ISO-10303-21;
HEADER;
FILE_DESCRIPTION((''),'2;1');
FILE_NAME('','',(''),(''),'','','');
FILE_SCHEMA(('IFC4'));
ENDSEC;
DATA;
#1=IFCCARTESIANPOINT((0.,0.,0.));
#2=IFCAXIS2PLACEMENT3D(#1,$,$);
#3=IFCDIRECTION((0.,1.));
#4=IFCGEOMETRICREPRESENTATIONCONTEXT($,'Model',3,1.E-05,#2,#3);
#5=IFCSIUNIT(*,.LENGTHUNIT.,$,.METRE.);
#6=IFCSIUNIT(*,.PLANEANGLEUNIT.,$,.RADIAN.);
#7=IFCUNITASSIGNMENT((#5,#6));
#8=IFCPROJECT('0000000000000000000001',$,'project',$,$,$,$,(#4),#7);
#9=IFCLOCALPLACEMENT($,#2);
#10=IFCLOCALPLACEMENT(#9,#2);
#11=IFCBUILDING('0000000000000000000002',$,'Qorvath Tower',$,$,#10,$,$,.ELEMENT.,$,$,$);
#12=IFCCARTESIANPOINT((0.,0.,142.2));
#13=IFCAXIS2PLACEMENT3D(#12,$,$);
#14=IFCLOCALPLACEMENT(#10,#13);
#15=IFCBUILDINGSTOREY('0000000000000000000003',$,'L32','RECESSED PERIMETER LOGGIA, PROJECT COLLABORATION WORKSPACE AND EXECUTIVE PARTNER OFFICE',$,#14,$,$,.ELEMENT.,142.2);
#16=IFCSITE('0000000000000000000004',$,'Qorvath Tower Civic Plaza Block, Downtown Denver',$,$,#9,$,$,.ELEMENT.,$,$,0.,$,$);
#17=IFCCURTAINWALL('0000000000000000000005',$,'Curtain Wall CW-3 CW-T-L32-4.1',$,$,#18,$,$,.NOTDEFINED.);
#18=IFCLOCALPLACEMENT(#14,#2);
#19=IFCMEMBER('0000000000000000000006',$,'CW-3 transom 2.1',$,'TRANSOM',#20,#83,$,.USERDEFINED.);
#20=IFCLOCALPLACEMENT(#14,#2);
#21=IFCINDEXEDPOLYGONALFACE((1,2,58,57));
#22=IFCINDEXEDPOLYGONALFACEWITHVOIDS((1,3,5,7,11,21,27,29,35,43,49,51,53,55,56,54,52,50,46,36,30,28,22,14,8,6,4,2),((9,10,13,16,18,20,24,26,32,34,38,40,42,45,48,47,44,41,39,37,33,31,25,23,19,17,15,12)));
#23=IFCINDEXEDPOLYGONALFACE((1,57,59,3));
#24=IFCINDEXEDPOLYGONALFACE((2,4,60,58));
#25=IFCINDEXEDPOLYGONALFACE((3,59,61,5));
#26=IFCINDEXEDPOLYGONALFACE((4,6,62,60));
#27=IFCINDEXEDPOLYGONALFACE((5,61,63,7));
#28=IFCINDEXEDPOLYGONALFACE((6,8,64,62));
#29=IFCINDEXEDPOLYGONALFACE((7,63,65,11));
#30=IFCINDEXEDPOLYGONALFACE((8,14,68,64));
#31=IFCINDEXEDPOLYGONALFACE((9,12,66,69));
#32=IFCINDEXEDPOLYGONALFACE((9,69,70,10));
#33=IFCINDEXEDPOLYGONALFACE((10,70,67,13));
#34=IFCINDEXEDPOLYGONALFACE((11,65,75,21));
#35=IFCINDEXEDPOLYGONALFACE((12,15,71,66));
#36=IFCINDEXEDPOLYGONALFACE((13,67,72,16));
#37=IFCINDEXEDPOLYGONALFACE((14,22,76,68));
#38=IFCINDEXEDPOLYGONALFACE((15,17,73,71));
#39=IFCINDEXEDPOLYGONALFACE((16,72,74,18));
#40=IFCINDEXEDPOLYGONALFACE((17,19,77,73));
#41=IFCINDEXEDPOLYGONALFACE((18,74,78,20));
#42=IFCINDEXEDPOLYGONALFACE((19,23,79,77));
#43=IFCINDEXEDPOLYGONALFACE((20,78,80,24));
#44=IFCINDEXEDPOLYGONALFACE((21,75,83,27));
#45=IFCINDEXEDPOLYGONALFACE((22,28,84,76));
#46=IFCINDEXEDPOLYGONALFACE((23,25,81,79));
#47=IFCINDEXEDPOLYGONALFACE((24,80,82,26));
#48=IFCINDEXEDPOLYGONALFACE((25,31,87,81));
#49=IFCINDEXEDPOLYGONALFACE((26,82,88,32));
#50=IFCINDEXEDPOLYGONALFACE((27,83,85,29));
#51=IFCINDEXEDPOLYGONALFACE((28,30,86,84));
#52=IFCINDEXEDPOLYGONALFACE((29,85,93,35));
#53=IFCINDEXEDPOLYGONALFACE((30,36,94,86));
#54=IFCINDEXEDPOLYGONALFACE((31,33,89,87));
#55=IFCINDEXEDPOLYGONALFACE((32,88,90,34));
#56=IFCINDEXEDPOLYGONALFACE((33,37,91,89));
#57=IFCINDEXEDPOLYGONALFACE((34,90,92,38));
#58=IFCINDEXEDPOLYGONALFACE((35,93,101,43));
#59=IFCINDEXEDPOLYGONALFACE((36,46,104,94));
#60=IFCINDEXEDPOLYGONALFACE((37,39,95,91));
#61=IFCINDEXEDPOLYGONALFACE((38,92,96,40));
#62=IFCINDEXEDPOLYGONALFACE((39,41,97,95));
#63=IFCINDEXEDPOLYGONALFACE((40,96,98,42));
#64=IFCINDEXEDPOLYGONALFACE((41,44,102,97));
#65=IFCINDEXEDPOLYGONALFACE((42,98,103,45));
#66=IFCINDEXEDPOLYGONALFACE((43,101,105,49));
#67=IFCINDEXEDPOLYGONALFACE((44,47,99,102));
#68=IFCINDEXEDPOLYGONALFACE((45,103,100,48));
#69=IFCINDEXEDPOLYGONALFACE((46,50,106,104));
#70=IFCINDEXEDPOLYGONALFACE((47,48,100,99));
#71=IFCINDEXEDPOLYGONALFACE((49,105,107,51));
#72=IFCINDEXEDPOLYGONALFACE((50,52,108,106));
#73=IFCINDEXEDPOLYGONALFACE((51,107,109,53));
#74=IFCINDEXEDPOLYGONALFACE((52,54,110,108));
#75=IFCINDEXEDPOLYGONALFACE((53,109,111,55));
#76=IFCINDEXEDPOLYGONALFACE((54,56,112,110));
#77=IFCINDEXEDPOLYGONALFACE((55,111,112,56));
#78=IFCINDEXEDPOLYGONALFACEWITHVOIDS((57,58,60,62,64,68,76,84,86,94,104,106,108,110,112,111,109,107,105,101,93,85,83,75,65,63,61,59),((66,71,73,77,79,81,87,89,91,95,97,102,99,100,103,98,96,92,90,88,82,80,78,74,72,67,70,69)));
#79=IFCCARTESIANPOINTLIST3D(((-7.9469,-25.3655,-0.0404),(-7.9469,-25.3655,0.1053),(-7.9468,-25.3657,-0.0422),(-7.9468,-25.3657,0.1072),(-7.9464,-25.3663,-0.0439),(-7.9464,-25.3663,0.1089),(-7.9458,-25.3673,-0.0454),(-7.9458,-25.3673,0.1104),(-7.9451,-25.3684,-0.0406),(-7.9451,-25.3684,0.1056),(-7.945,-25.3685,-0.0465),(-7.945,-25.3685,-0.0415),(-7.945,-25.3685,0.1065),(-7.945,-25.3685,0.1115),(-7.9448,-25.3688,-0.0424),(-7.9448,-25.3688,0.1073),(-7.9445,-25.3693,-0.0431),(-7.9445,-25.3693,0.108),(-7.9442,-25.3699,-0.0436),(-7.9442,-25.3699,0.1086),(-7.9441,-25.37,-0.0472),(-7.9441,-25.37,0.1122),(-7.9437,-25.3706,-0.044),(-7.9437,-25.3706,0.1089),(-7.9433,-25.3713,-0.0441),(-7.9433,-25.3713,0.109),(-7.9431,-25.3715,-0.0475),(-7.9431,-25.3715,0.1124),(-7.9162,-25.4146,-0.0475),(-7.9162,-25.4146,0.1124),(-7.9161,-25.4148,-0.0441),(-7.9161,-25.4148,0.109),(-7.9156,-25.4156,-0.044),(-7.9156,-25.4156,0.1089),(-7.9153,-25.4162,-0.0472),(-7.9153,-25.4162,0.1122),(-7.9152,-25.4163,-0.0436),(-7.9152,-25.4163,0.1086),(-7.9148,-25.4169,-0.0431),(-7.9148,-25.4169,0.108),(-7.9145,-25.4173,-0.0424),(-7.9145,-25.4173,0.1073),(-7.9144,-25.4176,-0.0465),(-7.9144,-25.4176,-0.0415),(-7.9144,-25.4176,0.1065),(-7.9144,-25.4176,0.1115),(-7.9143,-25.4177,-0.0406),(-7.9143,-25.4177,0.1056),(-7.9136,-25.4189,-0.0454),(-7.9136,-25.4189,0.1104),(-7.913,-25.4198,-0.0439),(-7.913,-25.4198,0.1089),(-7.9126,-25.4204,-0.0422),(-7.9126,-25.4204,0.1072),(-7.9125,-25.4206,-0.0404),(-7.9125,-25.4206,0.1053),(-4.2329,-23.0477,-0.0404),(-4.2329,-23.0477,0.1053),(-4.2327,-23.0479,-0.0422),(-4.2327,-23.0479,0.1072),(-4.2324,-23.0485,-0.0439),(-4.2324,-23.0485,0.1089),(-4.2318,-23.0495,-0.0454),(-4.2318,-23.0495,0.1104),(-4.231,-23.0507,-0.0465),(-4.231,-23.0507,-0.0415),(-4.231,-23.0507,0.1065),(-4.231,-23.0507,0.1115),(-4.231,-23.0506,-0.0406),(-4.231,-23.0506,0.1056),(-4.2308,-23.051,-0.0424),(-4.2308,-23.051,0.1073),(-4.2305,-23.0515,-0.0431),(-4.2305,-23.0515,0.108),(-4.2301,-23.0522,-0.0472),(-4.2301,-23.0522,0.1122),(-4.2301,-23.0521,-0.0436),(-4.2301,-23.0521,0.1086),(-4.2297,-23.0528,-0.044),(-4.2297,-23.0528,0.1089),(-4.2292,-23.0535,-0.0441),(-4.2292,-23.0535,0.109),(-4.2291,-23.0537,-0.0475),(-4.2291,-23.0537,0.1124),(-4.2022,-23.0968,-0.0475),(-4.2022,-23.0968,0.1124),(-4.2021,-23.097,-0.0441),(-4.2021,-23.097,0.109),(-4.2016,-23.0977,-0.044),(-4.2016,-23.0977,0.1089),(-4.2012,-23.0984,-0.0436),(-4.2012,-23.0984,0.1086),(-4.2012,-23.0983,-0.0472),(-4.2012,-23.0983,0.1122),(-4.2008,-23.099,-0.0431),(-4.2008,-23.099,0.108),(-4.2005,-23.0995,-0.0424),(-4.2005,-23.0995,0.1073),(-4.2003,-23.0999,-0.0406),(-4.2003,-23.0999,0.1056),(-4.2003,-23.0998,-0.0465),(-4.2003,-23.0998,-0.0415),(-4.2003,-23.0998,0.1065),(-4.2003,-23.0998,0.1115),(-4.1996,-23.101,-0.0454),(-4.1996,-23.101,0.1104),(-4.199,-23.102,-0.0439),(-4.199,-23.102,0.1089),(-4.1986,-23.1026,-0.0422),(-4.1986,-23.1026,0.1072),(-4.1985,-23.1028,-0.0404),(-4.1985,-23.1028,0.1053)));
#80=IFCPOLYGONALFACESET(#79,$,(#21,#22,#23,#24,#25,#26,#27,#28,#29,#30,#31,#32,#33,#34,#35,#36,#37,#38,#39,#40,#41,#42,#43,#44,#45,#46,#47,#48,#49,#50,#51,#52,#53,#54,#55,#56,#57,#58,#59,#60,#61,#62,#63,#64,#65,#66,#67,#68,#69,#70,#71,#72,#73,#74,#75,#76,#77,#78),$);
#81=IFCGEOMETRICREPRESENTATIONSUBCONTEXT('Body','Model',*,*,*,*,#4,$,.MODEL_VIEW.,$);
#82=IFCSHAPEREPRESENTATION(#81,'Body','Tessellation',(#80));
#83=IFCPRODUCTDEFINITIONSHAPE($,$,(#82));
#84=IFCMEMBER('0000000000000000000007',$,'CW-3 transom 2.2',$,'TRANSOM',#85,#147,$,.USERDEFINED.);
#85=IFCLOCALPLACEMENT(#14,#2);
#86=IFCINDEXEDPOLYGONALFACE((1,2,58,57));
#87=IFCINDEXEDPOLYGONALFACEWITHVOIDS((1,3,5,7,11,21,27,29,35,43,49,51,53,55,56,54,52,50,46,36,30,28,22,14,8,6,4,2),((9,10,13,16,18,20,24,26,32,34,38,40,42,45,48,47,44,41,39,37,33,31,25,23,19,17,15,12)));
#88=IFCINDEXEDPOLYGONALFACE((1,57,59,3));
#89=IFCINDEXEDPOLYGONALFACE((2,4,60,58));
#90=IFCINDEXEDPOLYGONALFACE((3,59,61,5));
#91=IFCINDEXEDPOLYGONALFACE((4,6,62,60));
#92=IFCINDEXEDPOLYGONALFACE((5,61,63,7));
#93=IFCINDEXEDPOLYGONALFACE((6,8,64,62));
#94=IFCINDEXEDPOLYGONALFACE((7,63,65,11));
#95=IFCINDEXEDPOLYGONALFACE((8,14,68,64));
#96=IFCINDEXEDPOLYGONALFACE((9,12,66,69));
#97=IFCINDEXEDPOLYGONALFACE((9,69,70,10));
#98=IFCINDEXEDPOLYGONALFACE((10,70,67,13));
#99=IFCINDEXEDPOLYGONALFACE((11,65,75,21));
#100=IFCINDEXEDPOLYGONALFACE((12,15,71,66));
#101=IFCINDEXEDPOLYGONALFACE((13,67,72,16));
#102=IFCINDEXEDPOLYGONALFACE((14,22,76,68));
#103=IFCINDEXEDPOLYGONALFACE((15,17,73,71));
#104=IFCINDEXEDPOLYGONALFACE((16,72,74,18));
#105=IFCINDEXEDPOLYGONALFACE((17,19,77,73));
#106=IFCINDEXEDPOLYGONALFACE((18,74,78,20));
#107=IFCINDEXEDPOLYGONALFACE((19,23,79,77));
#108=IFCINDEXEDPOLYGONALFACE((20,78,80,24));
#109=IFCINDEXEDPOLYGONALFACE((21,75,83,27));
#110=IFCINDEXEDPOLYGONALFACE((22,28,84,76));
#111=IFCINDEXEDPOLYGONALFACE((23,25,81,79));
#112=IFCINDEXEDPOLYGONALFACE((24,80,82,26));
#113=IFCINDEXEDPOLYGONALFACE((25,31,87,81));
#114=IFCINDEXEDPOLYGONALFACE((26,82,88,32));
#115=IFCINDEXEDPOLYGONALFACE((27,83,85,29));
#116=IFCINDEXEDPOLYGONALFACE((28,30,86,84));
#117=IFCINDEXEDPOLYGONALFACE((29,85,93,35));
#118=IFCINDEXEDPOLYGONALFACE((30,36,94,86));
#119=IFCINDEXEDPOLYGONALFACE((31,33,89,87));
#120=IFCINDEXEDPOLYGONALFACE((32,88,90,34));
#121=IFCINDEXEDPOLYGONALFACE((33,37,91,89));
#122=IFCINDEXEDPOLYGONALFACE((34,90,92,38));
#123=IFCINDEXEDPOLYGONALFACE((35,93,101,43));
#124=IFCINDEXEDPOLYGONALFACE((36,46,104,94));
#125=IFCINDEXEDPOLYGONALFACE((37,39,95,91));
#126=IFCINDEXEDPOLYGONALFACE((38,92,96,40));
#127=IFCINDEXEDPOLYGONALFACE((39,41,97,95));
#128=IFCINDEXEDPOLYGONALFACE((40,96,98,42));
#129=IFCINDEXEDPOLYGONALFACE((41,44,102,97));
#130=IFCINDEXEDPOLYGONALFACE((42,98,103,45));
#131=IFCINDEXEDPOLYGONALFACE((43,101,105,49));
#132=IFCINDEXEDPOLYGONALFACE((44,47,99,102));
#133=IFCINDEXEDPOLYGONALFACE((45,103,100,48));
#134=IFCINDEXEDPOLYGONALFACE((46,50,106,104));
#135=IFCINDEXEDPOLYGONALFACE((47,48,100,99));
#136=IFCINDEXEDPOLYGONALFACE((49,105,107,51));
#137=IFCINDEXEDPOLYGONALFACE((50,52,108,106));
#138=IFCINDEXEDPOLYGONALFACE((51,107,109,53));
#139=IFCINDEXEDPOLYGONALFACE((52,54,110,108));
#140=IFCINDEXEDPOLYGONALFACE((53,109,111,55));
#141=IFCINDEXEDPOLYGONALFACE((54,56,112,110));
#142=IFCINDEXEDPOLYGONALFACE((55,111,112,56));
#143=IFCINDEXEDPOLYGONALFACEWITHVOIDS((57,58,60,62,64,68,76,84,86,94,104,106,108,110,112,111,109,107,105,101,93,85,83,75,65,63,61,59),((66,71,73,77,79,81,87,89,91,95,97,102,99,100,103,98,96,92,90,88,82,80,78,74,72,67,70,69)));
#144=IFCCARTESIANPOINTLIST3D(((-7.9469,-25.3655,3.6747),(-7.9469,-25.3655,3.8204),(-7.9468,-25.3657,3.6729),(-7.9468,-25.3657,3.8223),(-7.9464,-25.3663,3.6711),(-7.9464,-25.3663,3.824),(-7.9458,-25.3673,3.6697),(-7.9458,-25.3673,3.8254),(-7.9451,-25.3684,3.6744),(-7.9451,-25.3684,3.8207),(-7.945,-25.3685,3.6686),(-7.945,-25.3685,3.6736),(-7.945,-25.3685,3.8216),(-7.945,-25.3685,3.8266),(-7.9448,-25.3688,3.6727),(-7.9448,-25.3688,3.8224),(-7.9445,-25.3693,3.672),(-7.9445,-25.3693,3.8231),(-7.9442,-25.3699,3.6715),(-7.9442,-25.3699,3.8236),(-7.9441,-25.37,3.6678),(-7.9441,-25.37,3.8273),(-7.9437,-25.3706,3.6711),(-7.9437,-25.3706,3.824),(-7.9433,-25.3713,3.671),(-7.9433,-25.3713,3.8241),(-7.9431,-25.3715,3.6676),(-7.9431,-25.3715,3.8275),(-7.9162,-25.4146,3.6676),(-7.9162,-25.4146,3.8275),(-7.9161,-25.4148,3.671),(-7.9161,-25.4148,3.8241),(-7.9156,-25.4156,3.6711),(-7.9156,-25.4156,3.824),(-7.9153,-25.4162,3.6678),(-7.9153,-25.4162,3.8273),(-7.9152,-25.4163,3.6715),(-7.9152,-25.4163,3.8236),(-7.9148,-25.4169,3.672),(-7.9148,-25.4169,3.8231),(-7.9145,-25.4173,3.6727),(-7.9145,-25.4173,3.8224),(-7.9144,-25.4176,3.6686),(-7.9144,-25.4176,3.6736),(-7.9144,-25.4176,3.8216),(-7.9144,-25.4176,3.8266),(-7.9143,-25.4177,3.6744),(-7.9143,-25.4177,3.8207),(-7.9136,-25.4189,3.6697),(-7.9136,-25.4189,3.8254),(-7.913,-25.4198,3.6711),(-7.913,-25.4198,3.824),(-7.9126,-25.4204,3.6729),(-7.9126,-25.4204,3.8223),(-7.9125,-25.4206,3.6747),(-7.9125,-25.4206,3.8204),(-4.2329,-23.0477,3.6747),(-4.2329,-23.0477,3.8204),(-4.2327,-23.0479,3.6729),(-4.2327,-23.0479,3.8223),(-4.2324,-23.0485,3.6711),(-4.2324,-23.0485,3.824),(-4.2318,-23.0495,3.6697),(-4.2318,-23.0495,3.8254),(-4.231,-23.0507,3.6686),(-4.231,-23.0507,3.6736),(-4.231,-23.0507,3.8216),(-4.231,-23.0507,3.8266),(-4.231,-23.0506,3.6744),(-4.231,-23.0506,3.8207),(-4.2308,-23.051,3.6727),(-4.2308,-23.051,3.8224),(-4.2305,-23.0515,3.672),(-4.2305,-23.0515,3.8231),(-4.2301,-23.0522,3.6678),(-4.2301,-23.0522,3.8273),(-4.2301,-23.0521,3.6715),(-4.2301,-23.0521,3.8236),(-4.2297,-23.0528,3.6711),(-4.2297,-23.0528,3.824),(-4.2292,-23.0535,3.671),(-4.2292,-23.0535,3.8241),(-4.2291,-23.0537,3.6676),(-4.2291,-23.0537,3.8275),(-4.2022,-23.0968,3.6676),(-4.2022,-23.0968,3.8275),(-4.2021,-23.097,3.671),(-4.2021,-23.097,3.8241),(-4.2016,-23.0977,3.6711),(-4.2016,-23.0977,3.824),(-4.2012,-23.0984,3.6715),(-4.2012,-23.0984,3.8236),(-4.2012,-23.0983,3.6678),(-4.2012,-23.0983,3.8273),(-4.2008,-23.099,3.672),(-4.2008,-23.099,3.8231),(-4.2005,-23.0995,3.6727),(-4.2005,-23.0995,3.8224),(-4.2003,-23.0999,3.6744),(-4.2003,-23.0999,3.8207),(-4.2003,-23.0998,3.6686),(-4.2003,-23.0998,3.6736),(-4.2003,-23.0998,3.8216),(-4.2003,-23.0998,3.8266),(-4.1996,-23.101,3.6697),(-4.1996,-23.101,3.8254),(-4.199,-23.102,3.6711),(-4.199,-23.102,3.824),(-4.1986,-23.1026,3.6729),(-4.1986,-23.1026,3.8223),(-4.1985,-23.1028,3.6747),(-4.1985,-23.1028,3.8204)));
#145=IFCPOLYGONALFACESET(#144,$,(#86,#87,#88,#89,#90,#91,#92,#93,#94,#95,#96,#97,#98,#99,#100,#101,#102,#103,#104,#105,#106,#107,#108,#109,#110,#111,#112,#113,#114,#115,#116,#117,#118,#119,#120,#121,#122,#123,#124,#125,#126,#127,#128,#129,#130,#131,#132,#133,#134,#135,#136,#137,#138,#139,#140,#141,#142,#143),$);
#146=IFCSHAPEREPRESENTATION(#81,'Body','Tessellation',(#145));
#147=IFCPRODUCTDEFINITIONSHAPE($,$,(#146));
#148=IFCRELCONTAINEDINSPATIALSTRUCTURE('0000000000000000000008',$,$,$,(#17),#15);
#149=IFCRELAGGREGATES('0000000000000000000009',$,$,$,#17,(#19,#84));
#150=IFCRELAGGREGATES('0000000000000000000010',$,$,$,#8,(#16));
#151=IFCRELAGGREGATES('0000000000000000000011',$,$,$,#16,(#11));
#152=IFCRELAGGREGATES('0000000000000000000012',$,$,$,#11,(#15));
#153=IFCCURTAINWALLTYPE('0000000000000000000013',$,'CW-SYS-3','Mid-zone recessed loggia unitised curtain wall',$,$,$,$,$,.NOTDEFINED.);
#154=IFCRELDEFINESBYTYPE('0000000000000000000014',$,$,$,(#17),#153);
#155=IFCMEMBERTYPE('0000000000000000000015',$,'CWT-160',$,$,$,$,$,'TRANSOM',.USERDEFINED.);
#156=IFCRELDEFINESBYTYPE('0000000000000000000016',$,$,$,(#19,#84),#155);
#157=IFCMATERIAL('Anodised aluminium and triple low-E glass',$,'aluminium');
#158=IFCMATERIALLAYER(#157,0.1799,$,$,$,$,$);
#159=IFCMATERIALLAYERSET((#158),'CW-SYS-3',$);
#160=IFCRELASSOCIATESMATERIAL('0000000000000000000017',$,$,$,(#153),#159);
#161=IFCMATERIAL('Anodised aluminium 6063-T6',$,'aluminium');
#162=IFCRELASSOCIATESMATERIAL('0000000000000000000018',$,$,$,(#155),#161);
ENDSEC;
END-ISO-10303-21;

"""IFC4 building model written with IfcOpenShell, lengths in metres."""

from ifc_helpers import new_model, si_unit, direction, frame, origin, origin_2d, place, context, subcontext, project, spatial, hollow_rectangle, extrude, material, layer, layer_set, material_profile, profile_set, type_object, element, aggregate, save


model = new_model("IFC4")

# Units and contexts
model_context = context("Model", 3, precision=1e-05, world=origin(), true_north=direction((0.0, 1.0)))
body_context = subcontext(model_context, "Body", "Model", "MODEL_VIEW")
ifc_project = project(units=[si_unit("LENGTHUNIT", "METRE"), si_unit("PLANEANGLEUNIT", "RADIAN")], contexts=[model_context])

# Site, building, storey
site_placement = place(None, origin())
site = spatial("IfcSite", under=ifc_project, at=site_placement, Name="Qorvath Tower Civic Plaza Block, Downtown Denver", CompositionType="ELEMENT", RefElevation=0.0)
building_placement = place(site_placement, origin())
building = spatial("IfcBuilding", under=site, at=building_placement, Name="Qorvath Tower", CompositionType="ELEMENT")
storey_placement = place(building_placement, frame((0.0, 0.0, 142.2)))
storey = spatial("IfcBuildingStorey", under=building, at=storey_placement, Name="L32", Description="RECESSED PERIMETER LOGGIA, PROJECT COLLABORATION WORKSPACE AND EXECUTIVE PARTNER OFFICE", CompositionType="ELEMENT", Elevation=142.2)

# Shared definitions
ifc_material_1 = material(Name="Anodised aluminium and triple low-E glass", Category="aluminium")
ifc_layer_1 = layer(ifc_material_1, 0.1799)
ifc_layer_set_1 = layer_set([ifc_layer_1], Name="CW-SYS-3")
curtain_wall_type = type_object("IfcCurtainWallType", Name="CW-SYS-3", Description="Mid-zone recessed loggia unitised curtain wall", PredefinedType="NOTDEFINED", material=ifc_layer_set_1)

# Curtain wall
curtain_wall_1_placement = place(storey_placement, origin())
curtain_wall_1 = element("IfcCurtainWall", 1, at=curtain_wall_1_placement, inside=storey, type_object=curtain_wall_type, Name="Curtain Wall CW-3 CW-T-L32-4.1", PredefinedType="NOTDEFINED")

# Members
ifc_material_2 = material(Name="Anodised aluminium 6063-T6", Category="aluminium")
ifc_material_profile_1 = material_profile(ifc_material_2, hollow_rectangle(XDim=0.0649, YDim=0.1599, WallThickness=0.0034, InnerFilletRadius=0.0034, OuterFilletRadius=0.0071, at=origin_2d()), Name="CWT 160x65")
ifc_profile_set_1 = profile_set([ifc_material_profile_1], Name="Anodised aluminium 6063-T6")
member_type_1 = type_object("IfcMemberType", Name="CWT-160", ElementType="TRANSOM", PredefinedType="USERDEFINED", material=ifc_profile_set_1)
member_1_placement = place(storey_placement, frame((-7.9297, -25.3931, 0.0325), z_axis=(0.848352, 0.529432, 0.0), x_axis=(-0.529432, 0.848352, 0.0)))
member_1 = element("IfcMember", 2, at=member_1_placement, type_object=member_type_1, Name="CW-3 transom 2.1", ObjectType="TRANSOM", PredefinedType="USERDEFINED", context=body_context, shape_type="SweptSolid", body=[
    extrude(hollow_rectangle(XDim=0.0649, YDim=0.1599, WallThickness=0.0034, InnerFilletRadius=0.0034, OuterFilletRadius=0.0071, at=origin_2d()), origin(), (0.0, 0.0, 1.0), 4.3779),
])
member_2_placement = place(storey_placement, frame((-7.9297, -25.3931, 3.7476), z_axis=(0.848352, 0.529432, 0.0), x_axis=(-0.529432, 0.848352, 0.0)))
member_2 = element("IfcMember", 3, at=member_2_placement, type_object=member_type_1, Name="CW-3 transom 2.2", ObjectType="TRANSOM", PredefinedType="USERDEFINED", context=body_context, shape_type="SweptSolid", body=[
    extrude(hollow_rectangle(XDim=0.0649, YDim=0.1599, WallThickness=0.0034, InnerFilletRadius=0.0034, OuterFilletRadius=0.0071, at=origin_2d()), origin(), (0.0, 0.0, 1.0), 4.3779),
])

aggregate(curtain_wall_1, [member_1, member_2])

save(model, "model.ifc")
